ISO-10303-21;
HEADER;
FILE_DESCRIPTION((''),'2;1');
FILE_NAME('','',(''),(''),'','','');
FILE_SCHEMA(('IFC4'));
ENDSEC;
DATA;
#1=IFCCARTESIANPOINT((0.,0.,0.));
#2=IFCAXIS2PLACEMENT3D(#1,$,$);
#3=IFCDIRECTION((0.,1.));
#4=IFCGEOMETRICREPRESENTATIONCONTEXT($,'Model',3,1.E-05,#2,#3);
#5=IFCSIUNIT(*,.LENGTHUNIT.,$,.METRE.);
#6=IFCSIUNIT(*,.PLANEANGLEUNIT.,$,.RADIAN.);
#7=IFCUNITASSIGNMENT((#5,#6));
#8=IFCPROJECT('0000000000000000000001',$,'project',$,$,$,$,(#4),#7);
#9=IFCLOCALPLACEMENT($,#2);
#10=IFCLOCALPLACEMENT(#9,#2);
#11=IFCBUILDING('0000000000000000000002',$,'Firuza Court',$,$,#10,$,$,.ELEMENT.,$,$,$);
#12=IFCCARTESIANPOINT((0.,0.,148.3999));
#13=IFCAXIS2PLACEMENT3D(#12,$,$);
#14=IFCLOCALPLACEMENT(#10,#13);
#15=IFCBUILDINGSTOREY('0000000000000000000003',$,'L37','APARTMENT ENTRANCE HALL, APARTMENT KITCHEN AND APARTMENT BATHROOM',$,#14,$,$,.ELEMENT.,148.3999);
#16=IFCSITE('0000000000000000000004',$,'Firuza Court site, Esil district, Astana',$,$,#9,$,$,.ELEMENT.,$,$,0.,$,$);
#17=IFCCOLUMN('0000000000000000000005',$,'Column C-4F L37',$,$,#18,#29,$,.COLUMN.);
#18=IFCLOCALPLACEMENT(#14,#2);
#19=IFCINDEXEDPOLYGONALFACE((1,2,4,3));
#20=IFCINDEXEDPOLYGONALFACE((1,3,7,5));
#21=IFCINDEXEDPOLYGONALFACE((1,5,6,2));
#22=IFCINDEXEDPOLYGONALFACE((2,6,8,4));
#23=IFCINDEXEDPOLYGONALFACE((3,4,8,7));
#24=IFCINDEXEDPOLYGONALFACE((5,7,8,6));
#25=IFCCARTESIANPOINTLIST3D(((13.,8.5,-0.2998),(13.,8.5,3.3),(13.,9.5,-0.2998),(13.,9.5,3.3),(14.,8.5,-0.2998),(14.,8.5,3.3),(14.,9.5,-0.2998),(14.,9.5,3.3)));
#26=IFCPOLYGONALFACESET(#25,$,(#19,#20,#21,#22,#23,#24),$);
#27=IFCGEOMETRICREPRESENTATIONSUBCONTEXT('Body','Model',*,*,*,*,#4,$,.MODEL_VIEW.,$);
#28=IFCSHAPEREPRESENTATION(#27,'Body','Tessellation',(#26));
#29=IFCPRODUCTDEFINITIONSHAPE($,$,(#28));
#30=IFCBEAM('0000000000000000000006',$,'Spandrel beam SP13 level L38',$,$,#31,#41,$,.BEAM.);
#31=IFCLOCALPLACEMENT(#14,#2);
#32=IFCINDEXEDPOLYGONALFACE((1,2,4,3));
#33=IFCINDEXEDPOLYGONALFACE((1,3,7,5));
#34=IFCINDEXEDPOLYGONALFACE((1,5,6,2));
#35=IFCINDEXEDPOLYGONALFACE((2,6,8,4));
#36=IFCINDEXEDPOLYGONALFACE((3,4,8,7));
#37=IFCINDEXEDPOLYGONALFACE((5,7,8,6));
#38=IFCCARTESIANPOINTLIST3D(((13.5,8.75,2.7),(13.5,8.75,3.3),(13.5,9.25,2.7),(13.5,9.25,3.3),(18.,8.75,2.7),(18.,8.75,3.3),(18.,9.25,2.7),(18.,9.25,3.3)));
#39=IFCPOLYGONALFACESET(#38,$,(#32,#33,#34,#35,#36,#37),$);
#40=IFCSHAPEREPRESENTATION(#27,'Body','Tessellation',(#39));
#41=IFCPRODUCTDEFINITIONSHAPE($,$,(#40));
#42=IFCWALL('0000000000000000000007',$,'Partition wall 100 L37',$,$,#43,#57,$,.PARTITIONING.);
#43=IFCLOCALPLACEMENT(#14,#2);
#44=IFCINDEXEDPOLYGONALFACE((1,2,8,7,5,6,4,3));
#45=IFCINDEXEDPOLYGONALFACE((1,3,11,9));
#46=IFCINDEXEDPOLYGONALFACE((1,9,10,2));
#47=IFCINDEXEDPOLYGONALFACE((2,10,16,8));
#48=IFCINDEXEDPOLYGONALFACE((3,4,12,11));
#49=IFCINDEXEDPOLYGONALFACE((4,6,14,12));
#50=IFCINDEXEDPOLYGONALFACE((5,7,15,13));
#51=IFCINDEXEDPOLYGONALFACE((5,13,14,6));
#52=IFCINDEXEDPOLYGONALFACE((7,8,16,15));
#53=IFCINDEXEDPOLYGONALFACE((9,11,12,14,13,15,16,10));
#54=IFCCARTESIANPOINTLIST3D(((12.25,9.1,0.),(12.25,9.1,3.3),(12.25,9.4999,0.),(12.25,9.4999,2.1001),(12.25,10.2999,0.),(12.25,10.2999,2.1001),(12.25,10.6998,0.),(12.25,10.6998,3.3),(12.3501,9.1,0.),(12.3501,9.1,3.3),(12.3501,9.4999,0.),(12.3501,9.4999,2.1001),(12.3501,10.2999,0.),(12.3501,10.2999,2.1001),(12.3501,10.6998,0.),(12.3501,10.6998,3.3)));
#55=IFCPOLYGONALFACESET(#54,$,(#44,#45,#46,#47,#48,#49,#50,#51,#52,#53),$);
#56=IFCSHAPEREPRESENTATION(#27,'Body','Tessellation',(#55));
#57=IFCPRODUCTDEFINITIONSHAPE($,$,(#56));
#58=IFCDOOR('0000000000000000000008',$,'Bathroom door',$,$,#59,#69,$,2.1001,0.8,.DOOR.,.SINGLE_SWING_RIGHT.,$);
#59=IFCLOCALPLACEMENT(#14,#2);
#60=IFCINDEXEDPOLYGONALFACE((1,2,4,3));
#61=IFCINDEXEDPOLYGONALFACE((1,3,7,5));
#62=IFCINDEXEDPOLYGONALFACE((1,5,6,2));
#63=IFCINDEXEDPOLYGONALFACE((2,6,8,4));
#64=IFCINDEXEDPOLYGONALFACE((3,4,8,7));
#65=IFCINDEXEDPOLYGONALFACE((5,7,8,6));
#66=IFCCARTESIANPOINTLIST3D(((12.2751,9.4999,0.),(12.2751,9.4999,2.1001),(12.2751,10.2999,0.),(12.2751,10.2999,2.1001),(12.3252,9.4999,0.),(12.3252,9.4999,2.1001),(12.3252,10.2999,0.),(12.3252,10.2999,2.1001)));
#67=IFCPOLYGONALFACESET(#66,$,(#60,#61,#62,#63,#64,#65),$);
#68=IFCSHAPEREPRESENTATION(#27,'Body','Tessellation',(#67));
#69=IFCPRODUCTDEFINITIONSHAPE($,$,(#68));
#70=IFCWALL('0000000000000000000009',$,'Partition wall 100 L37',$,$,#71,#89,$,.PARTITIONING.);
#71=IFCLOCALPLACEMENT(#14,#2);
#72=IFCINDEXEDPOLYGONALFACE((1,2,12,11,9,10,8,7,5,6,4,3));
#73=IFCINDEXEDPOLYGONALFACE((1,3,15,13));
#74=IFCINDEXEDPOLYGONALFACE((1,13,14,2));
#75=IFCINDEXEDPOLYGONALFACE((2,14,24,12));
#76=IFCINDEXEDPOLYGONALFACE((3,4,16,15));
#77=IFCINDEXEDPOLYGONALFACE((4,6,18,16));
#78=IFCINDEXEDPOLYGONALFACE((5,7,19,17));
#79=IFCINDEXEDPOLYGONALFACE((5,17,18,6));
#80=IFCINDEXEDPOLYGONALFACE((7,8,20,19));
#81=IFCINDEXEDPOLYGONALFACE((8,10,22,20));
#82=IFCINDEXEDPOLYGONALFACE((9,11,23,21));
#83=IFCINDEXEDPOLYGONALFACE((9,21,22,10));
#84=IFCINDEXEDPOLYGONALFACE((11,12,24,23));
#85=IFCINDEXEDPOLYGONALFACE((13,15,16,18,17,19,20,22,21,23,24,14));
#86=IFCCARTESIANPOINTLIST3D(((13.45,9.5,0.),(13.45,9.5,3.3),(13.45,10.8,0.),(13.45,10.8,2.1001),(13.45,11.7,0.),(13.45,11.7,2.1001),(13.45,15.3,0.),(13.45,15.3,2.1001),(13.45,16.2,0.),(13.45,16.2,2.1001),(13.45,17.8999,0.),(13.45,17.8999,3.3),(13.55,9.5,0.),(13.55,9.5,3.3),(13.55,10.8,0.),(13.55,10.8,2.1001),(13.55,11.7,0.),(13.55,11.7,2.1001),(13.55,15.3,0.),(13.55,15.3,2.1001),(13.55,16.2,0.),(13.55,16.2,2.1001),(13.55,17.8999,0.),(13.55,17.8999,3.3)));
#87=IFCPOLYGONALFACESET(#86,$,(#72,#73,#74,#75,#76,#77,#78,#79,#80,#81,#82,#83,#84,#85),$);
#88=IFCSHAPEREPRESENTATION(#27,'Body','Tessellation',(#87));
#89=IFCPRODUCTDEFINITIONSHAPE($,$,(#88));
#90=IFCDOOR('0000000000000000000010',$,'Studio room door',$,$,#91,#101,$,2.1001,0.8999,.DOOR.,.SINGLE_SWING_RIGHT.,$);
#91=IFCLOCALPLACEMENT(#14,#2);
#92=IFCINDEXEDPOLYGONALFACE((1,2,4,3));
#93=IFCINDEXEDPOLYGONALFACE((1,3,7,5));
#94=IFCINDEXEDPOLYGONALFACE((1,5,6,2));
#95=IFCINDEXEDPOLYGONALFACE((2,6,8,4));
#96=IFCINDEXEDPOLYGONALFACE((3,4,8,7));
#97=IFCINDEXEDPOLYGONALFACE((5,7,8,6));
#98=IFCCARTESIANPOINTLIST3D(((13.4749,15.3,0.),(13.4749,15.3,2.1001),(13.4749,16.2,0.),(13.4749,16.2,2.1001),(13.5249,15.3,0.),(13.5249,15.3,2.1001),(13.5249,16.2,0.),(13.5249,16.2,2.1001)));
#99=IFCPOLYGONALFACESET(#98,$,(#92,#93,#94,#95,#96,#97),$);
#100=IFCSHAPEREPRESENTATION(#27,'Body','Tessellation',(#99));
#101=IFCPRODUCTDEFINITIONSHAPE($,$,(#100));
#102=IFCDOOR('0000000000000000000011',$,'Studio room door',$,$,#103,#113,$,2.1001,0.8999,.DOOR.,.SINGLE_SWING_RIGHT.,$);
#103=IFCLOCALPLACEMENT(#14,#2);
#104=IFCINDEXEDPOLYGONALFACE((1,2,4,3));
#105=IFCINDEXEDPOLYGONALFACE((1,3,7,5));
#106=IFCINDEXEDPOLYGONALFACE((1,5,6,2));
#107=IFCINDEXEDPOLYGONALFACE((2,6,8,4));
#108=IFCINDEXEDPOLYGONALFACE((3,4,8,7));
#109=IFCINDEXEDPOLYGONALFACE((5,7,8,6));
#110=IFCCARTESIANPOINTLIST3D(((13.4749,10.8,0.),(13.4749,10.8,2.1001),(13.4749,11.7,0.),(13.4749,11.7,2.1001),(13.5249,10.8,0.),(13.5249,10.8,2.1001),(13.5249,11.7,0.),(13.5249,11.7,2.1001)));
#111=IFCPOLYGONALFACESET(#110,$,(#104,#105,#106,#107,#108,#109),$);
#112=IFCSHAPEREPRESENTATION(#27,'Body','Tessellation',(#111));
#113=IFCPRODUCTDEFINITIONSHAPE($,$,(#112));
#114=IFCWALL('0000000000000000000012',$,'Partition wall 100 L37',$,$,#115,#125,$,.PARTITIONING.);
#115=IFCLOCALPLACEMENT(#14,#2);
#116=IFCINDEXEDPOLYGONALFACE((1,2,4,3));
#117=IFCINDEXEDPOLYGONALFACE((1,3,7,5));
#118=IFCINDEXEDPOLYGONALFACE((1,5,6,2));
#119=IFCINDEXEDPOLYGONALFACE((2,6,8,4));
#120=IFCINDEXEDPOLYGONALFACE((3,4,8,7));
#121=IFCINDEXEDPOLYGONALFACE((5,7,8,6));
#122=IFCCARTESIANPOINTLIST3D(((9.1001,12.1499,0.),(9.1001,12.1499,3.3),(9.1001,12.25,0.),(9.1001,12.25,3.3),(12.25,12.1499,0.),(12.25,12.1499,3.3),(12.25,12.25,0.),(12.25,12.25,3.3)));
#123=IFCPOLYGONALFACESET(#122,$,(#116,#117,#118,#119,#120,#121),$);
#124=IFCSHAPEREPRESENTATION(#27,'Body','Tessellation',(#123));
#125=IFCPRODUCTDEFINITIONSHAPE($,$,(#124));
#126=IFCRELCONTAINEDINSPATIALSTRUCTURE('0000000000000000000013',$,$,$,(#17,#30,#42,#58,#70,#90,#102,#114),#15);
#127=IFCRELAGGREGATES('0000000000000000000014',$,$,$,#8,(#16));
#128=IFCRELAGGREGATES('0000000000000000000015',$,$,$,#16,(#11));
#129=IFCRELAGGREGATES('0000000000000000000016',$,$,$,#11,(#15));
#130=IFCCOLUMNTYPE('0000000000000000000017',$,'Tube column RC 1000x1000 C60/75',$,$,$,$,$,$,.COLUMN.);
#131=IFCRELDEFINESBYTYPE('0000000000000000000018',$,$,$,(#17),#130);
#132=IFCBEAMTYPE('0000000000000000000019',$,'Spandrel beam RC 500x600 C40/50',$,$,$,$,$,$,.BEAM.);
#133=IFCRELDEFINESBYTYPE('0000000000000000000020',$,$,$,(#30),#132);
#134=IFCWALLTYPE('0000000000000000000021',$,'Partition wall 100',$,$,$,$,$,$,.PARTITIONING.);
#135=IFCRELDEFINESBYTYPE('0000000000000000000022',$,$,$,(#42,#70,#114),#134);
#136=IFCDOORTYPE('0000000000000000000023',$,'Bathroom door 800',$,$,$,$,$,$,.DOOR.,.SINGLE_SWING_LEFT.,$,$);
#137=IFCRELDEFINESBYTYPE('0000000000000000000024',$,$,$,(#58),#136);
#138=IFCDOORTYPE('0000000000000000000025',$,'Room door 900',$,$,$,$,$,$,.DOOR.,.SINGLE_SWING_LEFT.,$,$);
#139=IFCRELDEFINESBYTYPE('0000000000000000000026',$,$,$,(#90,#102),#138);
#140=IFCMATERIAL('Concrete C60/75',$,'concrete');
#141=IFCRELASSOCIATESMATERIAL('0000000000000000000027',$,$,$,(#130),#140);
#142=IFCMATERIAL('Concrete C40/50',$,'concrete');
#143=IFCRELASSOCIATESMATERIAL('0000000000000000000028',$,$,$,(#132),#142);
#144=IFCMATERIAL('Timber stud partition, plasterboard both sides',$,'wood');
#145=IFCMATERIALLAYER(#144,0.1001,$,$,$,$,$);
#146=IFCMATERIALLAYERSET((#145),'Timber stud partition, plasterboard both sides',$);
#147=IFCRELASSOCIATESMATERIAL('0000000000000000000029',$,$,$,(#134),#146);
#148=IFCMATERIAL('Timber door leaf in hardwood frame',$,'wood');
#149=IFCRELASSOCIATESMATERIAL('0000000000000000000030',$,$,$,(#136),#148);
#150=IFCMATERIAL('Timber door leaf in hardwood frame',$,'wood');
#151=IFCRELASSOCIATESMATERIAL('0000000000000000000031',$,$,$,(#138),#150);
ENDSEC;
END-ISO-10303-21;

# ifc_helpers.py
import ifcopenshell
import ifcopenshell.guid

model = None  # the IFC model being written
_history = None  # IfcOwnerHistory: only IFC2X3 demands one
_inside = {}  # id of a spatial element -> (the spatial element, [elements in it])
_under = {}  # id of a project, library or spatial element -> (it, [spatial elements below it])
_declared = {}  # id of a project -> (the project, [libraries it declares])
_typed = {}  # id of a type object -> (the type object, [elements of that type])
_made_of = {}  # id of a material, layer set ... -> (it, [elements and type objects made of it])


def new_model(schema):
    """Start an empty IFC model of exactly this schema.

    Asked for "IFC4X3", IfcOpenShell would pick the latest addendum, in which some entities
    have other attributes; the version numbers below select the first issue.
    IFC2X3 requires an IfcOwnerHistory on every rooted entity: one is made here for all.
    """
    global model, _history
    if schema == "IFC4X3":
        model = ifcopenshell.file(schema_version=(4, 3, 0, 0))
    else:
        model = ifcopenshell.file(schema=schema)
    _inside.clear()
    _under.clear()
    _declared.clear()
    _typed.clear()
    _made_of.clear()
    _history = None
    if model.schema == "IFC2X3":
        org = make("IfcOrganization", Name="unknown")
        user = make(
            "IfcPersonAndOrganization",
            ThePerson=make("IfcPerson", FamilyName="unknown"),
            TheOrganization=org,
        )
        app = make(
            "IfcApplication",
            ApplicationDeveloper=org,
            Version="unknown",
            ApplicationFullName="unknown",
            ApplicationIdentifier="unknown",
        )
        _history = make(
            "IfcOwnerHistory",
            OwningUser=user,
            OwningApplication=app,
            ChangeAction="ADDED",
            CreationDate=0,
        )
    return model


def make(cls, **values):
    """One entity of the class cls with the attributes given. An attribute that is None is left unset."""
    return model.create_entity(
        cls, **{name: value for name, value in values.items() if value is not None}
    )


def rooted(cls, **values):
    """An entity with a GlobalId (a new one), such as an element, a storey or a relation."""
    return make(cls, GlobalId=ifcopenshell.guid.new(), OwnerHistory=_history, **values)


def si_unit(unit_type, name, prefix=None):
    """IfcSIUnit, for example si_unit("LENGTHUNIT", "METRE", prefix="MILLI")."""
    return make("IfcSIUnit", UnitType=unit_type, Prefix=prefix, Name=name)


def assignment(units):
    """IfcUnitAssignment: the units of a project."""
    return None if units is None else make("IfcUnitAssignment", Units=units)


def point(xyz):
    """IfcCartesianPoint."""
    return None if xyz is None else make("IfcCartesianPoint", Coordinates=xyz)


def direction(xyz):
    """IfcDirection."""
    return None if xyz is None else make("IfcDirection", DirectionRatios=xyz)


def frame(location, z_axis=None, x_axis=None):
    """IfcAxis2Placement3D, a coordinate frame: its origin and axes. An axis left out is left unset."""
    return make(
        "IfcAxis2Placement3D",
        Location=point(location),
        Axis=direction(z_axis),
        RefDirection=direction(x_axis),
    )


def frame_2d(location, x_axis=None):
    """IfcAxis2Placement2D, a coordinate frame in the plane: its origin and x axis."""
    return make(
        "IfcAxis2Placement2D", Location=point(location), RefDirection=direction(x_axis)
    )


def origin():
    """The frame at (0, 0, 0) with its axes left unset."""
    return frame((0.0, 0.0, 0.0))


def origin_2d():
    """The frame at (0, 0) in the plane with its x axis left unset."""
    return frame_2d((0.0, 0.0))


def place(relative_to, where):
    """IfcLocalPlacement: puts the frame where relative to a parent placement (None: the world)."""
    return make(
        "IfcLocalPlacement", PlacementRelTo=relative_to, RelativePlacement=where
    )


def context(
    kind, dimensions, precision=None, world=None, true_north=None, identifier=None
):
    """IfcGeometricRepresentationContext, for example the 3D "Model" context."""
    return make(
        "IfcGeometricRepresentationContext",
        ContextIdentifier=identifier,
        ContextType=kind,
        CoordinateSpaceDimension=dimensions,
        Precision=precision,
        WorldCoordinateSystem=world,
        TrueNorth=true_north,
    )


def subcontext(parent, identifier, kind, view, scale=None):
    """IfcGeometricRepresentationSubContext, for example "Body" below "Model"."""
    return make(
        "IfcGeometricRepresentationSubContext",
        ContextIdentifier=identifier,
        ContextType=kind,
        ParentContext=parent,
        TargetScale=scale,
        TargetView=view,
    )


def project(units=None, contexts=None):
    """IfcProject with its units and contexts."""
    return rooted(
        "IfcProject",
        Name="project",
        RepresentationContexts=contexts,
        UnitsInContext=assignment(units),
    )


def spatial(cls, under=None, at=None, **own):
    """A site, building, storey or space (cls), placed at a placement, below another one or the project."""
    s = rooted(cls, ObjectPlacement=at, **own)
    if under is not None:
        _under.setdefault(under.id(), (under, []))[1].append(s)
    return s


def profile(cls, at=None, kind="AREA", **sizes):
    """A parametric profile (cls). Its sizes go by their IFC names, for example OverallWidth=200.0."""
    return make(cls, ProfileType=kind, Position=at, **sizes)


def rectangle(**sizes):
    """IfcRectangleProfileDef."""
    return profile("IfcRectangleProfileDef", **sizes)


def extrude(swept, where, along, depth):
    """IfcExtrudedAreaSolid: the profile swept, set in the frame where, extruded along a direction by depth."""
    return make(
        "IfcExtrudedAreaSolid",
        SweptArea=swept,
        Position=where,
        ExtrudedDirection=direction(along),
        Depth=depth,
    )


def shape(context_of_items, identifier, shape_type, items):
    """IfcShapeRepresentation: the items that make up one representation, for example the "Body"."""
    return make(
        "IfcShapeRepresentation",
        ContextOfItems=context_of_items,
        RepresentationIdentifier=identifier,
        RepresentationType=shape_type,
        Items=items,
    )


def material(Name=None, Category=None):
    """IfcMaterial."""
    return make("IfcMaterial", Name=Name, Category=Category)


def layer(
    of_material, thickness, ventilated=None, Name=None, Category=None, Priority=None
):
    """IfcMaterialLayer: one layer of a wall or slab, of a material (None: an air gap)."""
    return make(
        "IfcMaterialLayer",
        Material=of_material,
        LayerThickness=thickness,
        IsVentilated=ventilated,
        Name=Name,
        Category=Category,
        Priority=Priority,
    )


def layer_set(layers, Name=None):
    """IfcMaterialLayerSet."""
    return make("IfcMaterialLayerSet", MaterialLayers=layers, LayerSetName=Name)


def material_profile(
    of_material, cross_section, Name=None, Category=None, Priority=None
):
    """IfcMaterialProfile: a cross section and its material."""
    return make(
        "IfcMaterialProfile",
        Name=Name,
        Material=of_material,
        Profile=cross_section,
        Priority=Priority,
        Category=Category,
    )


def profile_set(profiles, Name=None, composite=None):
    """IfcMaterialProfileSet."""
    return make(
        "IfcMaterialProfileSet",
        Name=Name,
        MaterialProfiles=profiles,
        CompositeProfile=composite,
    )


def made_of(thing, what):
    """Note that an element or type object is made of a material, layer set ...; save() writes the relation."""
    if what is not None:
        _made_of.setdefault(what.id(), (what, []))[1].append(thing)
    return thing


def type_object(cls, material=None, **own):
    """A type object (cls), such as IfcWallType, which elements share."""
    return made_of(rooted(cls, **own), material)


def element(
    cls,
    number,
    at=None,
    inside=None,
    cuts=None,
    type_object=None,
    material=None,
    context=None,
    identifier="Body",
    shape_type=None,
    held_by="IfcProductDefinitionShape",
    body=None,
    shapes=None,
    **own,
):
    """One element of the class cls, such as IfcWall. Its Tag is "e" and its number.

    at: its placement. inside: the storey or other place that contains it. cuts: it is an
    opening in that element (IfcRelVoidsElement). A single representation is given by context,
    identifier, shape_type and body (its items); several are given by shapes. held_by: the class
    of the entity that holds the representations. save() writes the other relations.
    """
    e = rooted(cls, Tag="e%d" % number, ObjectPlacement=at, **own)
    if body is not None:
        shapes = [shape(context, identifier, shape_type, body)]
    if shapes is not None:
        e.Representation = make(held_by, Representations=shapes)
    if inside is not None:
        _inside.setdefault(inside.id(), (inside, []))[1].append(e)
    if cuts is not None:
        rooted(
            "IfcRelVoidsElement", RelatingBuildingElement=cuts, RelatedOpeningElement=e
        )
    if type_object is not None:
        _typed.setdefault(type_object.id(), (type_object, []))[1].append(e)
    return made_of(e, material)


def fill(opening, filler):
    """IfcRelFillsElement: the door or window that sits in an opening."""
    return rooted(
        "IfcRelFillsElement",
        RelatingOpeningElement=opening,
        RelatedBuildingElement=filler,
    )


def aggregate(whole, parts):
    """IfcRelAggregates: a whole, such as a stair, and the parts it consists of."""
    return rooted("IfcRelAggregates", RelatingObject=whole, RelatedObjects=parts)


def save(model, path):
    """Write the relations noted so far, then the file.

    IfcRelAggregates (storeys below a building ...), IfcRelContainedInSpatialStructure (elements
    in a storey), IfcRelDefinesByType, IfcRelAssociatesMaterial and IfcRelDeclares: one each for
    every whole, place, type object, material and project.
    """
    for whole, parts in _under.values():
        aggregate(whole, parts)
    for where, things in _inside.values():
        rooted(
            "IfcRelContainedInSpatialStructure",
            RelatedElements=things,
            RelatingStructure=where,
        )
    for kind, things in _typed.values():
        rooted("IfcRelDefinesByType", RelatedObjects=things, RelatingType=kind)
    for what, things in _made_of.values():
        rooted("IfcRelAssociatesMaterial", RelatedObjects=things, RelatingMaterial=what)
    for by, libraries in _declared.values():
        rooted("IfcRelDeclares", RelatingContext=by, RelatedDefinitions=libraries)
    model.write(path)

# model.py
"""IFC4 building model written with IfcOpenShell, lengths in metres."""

from ifc_helpers import new_model, si_unit, direction, frame, frame_2d, origin, origin_2d, place, context, subcontext, project, spatial, rectangle, extrude, material, layer, layer_set, material_profile, profile_set, type_object, element, fill, save


model = new_model("IFC4")

# Units and contexts
model_context = context("Model", 3, precision=1e-05, world=origin(), true_north=direction((0.0, 1.0)))
body_context = subcontext(model_context, "Body", "Model", "MODEL_VIEW")
ifc_project = project(units=[si_unit("LENGTHUNIT", "METRE"), si_unit("PLANEANGLEUNIT", "RADIAN")], contexts=[model_context])

# Site, building, storey
site_placement = place(None, origin())
site = spatial("IfcSite", under=ifc_project, at=site_placement, Name="Firuza Court site, Esil district, Astana", CompositionType="ELEMENT", RefElevation=0.0)
building_placement = place(site_placement, origin())
building = spatial("IfcBuilding", under=site, at=building_placement, Name="Firuza Court", CompositionType="ELEMENT")
storey_placement = place(building_placement, frame((0.0, 0.0, 148.3999)))
storey = spatial("IfcBuildingStorey", under=building, at=storey_placement, Name="L37", Description="APARTMENT ENTRANCE HALL, APARTMENT KITCHEN AND APARTMENT BATHROOM", CompositionType="ELEMENT", Elevation=148.3999)

# Column
ifc_material_1 = material(Name="Concrete C60/75", Category="concrete")
ifc_material_profile_1 = material_profile(ifc_material_1, rectangle(XDim=1.0, YDim=1.0, at=origin_2d()), Name="RC 1000x1000")
ifc_profile_set_1 = profile_set([ifc_material_profile_1], Name="Concrete C60/75")
column_type = type_object("IfcColumnType", Name="Tube column RC 1000x1000 C60/75", PredefinedType="COLUMN", material=ifc_profile_set_1)
column_placement = place(storey_placement, frame((13.5, 9.0, -0.2998), z_axis=(0.0, 0.0, 1.0), x_axis=(1.0, 0.0, 0.0)))
element("IfcColumn", 1, at=column_placement, inside=storey, type_object=column_type, Name="Column C-4F L37", PredefinedType="COLUMN", context=body_context, shape_type="SweptSolid", body=[
    extrude(rectangle(XDim=1.0, YDim=1.0, at=origin_2d()), origin(), (0.0, 0.0, 1.0), 3.5999),
])

# Beam
ifc_material_2 = material(Name="Concrete C40/50", Category="concrete")
ifc_material_profile_2 = material_profile(ifc_material_2, rectangle(XDim=0.5, YDim=0.6001, at=origin_2d()), Name="RC 500x600")
ifc_profile_set_2 = profile_set([ifc_material_profile_2], Name="Concrete C40/50")
beam_type = type_object("IfcBeamType", Name="Spandrel beam RC 500x600 C40/50", PredefinedType="BEAM", material=ifc_profile_set_2)
beam_placement = place(storey_placement, frame((13.5, 9.0, 3.0), z_axis=(1.0, 0.0, 0.0), x_axis=(0.0, 1.0, 0.0)))
element("IfcBeam", 2, at=beam_placement, inside=storey, type_object=beam_type, Name="Spandrel beam SP13 level L38", PredefinedType="BEAM", context=body_context, shape_type="SweptSolid", body=[
    extrude(rectangle(XDim=0.5, YDim=0.6001, at=origin_2d()), origin(), (0.0, 0.0, 1.0), 4.5),
])

# Wall, opening, door
ifc_material_3 = material(Name="Timber stud partition, plasterboard both sides", Category="wood")
ifc_layer_1 = layer(ifc_material_3, 0.1001)
ifc_layer_set_1 = layer_set([ifc_layer_1], Name="Timber stud partition, plasterboard both sides")
wall_type_1 = type_object("IfcWallType", Name="Partition wall 100", PredefinedType="PARTITIONING", material=ifc_layer_set_1)
wall_1_placement = place(storey_placement, frame((12.3, 9.1001, 0.0), z_axis=(0.0, 0.0, 1.0), x_axis=(0.0, 1.0, 0.0)))
wall_1 = element("IfcWall", 3, at=wall_1_placement, inside=storey, type_object=wall_type_1, Name="Partition wall 100 L37", PredefinedType="PARTITIONING", context=body_context, shape_type="SweptSolid", body=[
    extrude(rectangle(XDim=1.5999, YDim=0.1001, at=frame_2d((0.7998, 0.0))), origin(), (0.0, 0.0, 1.0), 3.3),
])
opening_1_placement = place(wall_1_placement, frame((0.3999, 0.0, 0.0)))
opening_1 = element("IfcOpeningElement", 4, at=opening_1_placement, cuts=wall_1, PredefinedType="OPENING", context=body_context, shape_type="SweptSolid", body=[
    extrude(rectangle(XDim=0.8, YDim=2.1001, at=frame_2d((0.3999, 1.05))), frame((0.0, 0.062, 0.0), z_axis=(0.0, -1.0, 0.0), x_axis=(1.0, 0.0, 0.0)), (0.0, 0.0, 1.0), 0.124),
])
ifc_material_4 = material(Name="Timber door leaf in hardwood frame", Category="wood")
door_type_1 = type_object("IfcDoorType", Name="Bathroom door 800", OperationType="SINGLE_SWING_LEFT", PredefinedType="DOOR", material=ifc_material_4)
door_1_placement = place(opening_1_placement, origin())
door_1 = element("IfcDoor", 5, at=door_1_placement, inside=storey, type_object=door_type_1, Name="Bathroom door", OperationType="SINGLE_SWING_RIGHT", OverallHeight=2.1001, OverallWidth=0.8, PredefinedType="DOOR", context=body_context, shape_type="SweptSolid", body=[
    extrude(rectangle(XDim=0.8, YDim=2.1001, at=frame_2d((0.3999, 1.05))), frame((0.0, 0.0249, 0.0), z_axis=(0.0, -1.0, 0.0), x_axis=(1.0, 0.0, 0.0)), (0.0, 0.0, 1.0), 0.05),
])
fill(opening_1, door_1)

# Wall, openings, doors
wall_2_placement = place(storey_placement, frame((13.5, 9.5, 0.0), z_axis=(0.0, 0.0, 1.0), x_axis=(0.0, 1.0, 0.0)))
wall_2 = element("IfcWall", 6, at=wall_2_placement, inside=storey, type_object=wall_type_1, Name="Partition wall 100 L37", PredefinedType="PARTITIONING", context=body_context, shape_type="SweptSolid", body=[
    extrude(rectangle(XDim=8.3999, YDim=0.1001, at=frame_2d((4.2, 0.0))), origin(), (0.0, 0.0, 1.0), 3.3),
])
opening_2_placement = place(wall_2_placement, frame((5.8, 0.0, 0.0)))
opening_2 = element("IfcOpeningElement", 7, at=opening_2_placement, cuts=wall_2, PredefinedType="OPENING", context=body_context, shape_type="SweptSolid", body=[
    extrude(rectangle(XDim=0.8999, YDim=2.1001, at=frame_2d((0.45, 1.05))), frame((0.0, 0.062, 0.0), z_axis=(0.0, -1.0, 0.0), x_axis=(1.0, 0.0, 0.0)), (0.0, 0.0, 1.0), 0.124),
])
opening_3_placement = place(wall_2_placement, frame((1.3, 0.0, 0.0)))
opening_3 = element("IfcOpeningElement", 8, at=opening_3_placement, cuts=wall_2, PredefinedType="OPENING", context=body_context, shape_type="SweptSolid", body=[
    extrude(rectangle(XDim=0.8999, YDim=2.1001, at=frame_2d((0.45, 1.05))), frame((0.0, 0.062, 0.0), z_axis=(0.0, -1.0, 0.0), x_axis=(1.0, 0.0, 0.0)), (0.0, 0.0, 1.0), 0.124),
])
ifc_material_5 = material(Name="Timber door leaf in hardwood frame", Category="wood")
door_type_2 = type_object("IfcDoorType", Name="Room door 900", OperationType="SINGLE_SWING_LEFT", PredefinedType="DOOR", material=ifc_material_5)
door_2_placement = place(opening_2_placement, frame((0.8999, 0.0, 0.0), z_axis=(0.0, 0.0, 1.0), x_axis=(-1.0, 0.0, 0.0)))
door_2 = element("IfcDoor", 9, at=door_2_placement, inside=storey, type_object=door_type_2, Name="Studio room door", OperationType="SINGLE_SWING_RIGHT", OverallHeight=2.1001, OverallWidth=0.8999, PredefinedType="DOOR", context=body_context, shape_type="SweptSolid", body=[
    extrude(rectangle(XDim=0.8999, YDim=2.1001, at=frame_2d((0.45, 1.05))), frame((0.0, 0.0249, 0.0), z_axis=(0.0, -1.0, 0.0), x_axis=(1.0, 0.0, 0.0)), (0.0, 0.0, 1.0), 0.05),
])
fill(opening_2, door_2)
door_3_placement = place(opening_3_placement, frame((0.8999, 0.0, 0.0), z_axis=(0.0, 0.0, 1.0), x_axis=(-1.0, 0.0, 0.0)))
door_3 = element("IfcDoor", 10, at=door_3_placement, inside=storey, type_object=door_type_2, Name="Studio room door", OperationType="SINGLE_SWING_RIGHT", OverallHeight=2.1001, OverallWidth=0.8999, PredefinedType="DOOR", context=body_context, shape_type="SweptSolid", body=[
    extrude(rectangle(XDim=0.8999, YDim=2.1001, at=frame_2d((0.45, 1.05))), frame((0.0, 0.0249, 0.0), z_axis=(0.0, -1.0, 0.0), x_axis=(1.0, 0.0, 0.0)), (0.0, 0.0, 1.0), 0.05),
])
fill(opening_3, door_3)

# Wall
wall_3_placement = place(storey_placement, frame((9.1001, 12.2, 0.0), z_axis=(0.0, 0.0, 1.0), x_axis=(1.0, 0.0, 0.0)))
element("IfcWall", 11, at=wall_3_placement, inside=storey, type_object=wall_type_1, Name="Partition wall 100 L37", PredefinedType="PARTITIONING", context=body_context, shape_type="SweptSolid", body=[
    extrude(rectangle(XDim=3.1499, YDim=0.1001, at=frame_2d((1.575, 0.0))), origin(), (0.0, 0.0, 1.0), 3.3),
])

save(model, "model.ifc")
